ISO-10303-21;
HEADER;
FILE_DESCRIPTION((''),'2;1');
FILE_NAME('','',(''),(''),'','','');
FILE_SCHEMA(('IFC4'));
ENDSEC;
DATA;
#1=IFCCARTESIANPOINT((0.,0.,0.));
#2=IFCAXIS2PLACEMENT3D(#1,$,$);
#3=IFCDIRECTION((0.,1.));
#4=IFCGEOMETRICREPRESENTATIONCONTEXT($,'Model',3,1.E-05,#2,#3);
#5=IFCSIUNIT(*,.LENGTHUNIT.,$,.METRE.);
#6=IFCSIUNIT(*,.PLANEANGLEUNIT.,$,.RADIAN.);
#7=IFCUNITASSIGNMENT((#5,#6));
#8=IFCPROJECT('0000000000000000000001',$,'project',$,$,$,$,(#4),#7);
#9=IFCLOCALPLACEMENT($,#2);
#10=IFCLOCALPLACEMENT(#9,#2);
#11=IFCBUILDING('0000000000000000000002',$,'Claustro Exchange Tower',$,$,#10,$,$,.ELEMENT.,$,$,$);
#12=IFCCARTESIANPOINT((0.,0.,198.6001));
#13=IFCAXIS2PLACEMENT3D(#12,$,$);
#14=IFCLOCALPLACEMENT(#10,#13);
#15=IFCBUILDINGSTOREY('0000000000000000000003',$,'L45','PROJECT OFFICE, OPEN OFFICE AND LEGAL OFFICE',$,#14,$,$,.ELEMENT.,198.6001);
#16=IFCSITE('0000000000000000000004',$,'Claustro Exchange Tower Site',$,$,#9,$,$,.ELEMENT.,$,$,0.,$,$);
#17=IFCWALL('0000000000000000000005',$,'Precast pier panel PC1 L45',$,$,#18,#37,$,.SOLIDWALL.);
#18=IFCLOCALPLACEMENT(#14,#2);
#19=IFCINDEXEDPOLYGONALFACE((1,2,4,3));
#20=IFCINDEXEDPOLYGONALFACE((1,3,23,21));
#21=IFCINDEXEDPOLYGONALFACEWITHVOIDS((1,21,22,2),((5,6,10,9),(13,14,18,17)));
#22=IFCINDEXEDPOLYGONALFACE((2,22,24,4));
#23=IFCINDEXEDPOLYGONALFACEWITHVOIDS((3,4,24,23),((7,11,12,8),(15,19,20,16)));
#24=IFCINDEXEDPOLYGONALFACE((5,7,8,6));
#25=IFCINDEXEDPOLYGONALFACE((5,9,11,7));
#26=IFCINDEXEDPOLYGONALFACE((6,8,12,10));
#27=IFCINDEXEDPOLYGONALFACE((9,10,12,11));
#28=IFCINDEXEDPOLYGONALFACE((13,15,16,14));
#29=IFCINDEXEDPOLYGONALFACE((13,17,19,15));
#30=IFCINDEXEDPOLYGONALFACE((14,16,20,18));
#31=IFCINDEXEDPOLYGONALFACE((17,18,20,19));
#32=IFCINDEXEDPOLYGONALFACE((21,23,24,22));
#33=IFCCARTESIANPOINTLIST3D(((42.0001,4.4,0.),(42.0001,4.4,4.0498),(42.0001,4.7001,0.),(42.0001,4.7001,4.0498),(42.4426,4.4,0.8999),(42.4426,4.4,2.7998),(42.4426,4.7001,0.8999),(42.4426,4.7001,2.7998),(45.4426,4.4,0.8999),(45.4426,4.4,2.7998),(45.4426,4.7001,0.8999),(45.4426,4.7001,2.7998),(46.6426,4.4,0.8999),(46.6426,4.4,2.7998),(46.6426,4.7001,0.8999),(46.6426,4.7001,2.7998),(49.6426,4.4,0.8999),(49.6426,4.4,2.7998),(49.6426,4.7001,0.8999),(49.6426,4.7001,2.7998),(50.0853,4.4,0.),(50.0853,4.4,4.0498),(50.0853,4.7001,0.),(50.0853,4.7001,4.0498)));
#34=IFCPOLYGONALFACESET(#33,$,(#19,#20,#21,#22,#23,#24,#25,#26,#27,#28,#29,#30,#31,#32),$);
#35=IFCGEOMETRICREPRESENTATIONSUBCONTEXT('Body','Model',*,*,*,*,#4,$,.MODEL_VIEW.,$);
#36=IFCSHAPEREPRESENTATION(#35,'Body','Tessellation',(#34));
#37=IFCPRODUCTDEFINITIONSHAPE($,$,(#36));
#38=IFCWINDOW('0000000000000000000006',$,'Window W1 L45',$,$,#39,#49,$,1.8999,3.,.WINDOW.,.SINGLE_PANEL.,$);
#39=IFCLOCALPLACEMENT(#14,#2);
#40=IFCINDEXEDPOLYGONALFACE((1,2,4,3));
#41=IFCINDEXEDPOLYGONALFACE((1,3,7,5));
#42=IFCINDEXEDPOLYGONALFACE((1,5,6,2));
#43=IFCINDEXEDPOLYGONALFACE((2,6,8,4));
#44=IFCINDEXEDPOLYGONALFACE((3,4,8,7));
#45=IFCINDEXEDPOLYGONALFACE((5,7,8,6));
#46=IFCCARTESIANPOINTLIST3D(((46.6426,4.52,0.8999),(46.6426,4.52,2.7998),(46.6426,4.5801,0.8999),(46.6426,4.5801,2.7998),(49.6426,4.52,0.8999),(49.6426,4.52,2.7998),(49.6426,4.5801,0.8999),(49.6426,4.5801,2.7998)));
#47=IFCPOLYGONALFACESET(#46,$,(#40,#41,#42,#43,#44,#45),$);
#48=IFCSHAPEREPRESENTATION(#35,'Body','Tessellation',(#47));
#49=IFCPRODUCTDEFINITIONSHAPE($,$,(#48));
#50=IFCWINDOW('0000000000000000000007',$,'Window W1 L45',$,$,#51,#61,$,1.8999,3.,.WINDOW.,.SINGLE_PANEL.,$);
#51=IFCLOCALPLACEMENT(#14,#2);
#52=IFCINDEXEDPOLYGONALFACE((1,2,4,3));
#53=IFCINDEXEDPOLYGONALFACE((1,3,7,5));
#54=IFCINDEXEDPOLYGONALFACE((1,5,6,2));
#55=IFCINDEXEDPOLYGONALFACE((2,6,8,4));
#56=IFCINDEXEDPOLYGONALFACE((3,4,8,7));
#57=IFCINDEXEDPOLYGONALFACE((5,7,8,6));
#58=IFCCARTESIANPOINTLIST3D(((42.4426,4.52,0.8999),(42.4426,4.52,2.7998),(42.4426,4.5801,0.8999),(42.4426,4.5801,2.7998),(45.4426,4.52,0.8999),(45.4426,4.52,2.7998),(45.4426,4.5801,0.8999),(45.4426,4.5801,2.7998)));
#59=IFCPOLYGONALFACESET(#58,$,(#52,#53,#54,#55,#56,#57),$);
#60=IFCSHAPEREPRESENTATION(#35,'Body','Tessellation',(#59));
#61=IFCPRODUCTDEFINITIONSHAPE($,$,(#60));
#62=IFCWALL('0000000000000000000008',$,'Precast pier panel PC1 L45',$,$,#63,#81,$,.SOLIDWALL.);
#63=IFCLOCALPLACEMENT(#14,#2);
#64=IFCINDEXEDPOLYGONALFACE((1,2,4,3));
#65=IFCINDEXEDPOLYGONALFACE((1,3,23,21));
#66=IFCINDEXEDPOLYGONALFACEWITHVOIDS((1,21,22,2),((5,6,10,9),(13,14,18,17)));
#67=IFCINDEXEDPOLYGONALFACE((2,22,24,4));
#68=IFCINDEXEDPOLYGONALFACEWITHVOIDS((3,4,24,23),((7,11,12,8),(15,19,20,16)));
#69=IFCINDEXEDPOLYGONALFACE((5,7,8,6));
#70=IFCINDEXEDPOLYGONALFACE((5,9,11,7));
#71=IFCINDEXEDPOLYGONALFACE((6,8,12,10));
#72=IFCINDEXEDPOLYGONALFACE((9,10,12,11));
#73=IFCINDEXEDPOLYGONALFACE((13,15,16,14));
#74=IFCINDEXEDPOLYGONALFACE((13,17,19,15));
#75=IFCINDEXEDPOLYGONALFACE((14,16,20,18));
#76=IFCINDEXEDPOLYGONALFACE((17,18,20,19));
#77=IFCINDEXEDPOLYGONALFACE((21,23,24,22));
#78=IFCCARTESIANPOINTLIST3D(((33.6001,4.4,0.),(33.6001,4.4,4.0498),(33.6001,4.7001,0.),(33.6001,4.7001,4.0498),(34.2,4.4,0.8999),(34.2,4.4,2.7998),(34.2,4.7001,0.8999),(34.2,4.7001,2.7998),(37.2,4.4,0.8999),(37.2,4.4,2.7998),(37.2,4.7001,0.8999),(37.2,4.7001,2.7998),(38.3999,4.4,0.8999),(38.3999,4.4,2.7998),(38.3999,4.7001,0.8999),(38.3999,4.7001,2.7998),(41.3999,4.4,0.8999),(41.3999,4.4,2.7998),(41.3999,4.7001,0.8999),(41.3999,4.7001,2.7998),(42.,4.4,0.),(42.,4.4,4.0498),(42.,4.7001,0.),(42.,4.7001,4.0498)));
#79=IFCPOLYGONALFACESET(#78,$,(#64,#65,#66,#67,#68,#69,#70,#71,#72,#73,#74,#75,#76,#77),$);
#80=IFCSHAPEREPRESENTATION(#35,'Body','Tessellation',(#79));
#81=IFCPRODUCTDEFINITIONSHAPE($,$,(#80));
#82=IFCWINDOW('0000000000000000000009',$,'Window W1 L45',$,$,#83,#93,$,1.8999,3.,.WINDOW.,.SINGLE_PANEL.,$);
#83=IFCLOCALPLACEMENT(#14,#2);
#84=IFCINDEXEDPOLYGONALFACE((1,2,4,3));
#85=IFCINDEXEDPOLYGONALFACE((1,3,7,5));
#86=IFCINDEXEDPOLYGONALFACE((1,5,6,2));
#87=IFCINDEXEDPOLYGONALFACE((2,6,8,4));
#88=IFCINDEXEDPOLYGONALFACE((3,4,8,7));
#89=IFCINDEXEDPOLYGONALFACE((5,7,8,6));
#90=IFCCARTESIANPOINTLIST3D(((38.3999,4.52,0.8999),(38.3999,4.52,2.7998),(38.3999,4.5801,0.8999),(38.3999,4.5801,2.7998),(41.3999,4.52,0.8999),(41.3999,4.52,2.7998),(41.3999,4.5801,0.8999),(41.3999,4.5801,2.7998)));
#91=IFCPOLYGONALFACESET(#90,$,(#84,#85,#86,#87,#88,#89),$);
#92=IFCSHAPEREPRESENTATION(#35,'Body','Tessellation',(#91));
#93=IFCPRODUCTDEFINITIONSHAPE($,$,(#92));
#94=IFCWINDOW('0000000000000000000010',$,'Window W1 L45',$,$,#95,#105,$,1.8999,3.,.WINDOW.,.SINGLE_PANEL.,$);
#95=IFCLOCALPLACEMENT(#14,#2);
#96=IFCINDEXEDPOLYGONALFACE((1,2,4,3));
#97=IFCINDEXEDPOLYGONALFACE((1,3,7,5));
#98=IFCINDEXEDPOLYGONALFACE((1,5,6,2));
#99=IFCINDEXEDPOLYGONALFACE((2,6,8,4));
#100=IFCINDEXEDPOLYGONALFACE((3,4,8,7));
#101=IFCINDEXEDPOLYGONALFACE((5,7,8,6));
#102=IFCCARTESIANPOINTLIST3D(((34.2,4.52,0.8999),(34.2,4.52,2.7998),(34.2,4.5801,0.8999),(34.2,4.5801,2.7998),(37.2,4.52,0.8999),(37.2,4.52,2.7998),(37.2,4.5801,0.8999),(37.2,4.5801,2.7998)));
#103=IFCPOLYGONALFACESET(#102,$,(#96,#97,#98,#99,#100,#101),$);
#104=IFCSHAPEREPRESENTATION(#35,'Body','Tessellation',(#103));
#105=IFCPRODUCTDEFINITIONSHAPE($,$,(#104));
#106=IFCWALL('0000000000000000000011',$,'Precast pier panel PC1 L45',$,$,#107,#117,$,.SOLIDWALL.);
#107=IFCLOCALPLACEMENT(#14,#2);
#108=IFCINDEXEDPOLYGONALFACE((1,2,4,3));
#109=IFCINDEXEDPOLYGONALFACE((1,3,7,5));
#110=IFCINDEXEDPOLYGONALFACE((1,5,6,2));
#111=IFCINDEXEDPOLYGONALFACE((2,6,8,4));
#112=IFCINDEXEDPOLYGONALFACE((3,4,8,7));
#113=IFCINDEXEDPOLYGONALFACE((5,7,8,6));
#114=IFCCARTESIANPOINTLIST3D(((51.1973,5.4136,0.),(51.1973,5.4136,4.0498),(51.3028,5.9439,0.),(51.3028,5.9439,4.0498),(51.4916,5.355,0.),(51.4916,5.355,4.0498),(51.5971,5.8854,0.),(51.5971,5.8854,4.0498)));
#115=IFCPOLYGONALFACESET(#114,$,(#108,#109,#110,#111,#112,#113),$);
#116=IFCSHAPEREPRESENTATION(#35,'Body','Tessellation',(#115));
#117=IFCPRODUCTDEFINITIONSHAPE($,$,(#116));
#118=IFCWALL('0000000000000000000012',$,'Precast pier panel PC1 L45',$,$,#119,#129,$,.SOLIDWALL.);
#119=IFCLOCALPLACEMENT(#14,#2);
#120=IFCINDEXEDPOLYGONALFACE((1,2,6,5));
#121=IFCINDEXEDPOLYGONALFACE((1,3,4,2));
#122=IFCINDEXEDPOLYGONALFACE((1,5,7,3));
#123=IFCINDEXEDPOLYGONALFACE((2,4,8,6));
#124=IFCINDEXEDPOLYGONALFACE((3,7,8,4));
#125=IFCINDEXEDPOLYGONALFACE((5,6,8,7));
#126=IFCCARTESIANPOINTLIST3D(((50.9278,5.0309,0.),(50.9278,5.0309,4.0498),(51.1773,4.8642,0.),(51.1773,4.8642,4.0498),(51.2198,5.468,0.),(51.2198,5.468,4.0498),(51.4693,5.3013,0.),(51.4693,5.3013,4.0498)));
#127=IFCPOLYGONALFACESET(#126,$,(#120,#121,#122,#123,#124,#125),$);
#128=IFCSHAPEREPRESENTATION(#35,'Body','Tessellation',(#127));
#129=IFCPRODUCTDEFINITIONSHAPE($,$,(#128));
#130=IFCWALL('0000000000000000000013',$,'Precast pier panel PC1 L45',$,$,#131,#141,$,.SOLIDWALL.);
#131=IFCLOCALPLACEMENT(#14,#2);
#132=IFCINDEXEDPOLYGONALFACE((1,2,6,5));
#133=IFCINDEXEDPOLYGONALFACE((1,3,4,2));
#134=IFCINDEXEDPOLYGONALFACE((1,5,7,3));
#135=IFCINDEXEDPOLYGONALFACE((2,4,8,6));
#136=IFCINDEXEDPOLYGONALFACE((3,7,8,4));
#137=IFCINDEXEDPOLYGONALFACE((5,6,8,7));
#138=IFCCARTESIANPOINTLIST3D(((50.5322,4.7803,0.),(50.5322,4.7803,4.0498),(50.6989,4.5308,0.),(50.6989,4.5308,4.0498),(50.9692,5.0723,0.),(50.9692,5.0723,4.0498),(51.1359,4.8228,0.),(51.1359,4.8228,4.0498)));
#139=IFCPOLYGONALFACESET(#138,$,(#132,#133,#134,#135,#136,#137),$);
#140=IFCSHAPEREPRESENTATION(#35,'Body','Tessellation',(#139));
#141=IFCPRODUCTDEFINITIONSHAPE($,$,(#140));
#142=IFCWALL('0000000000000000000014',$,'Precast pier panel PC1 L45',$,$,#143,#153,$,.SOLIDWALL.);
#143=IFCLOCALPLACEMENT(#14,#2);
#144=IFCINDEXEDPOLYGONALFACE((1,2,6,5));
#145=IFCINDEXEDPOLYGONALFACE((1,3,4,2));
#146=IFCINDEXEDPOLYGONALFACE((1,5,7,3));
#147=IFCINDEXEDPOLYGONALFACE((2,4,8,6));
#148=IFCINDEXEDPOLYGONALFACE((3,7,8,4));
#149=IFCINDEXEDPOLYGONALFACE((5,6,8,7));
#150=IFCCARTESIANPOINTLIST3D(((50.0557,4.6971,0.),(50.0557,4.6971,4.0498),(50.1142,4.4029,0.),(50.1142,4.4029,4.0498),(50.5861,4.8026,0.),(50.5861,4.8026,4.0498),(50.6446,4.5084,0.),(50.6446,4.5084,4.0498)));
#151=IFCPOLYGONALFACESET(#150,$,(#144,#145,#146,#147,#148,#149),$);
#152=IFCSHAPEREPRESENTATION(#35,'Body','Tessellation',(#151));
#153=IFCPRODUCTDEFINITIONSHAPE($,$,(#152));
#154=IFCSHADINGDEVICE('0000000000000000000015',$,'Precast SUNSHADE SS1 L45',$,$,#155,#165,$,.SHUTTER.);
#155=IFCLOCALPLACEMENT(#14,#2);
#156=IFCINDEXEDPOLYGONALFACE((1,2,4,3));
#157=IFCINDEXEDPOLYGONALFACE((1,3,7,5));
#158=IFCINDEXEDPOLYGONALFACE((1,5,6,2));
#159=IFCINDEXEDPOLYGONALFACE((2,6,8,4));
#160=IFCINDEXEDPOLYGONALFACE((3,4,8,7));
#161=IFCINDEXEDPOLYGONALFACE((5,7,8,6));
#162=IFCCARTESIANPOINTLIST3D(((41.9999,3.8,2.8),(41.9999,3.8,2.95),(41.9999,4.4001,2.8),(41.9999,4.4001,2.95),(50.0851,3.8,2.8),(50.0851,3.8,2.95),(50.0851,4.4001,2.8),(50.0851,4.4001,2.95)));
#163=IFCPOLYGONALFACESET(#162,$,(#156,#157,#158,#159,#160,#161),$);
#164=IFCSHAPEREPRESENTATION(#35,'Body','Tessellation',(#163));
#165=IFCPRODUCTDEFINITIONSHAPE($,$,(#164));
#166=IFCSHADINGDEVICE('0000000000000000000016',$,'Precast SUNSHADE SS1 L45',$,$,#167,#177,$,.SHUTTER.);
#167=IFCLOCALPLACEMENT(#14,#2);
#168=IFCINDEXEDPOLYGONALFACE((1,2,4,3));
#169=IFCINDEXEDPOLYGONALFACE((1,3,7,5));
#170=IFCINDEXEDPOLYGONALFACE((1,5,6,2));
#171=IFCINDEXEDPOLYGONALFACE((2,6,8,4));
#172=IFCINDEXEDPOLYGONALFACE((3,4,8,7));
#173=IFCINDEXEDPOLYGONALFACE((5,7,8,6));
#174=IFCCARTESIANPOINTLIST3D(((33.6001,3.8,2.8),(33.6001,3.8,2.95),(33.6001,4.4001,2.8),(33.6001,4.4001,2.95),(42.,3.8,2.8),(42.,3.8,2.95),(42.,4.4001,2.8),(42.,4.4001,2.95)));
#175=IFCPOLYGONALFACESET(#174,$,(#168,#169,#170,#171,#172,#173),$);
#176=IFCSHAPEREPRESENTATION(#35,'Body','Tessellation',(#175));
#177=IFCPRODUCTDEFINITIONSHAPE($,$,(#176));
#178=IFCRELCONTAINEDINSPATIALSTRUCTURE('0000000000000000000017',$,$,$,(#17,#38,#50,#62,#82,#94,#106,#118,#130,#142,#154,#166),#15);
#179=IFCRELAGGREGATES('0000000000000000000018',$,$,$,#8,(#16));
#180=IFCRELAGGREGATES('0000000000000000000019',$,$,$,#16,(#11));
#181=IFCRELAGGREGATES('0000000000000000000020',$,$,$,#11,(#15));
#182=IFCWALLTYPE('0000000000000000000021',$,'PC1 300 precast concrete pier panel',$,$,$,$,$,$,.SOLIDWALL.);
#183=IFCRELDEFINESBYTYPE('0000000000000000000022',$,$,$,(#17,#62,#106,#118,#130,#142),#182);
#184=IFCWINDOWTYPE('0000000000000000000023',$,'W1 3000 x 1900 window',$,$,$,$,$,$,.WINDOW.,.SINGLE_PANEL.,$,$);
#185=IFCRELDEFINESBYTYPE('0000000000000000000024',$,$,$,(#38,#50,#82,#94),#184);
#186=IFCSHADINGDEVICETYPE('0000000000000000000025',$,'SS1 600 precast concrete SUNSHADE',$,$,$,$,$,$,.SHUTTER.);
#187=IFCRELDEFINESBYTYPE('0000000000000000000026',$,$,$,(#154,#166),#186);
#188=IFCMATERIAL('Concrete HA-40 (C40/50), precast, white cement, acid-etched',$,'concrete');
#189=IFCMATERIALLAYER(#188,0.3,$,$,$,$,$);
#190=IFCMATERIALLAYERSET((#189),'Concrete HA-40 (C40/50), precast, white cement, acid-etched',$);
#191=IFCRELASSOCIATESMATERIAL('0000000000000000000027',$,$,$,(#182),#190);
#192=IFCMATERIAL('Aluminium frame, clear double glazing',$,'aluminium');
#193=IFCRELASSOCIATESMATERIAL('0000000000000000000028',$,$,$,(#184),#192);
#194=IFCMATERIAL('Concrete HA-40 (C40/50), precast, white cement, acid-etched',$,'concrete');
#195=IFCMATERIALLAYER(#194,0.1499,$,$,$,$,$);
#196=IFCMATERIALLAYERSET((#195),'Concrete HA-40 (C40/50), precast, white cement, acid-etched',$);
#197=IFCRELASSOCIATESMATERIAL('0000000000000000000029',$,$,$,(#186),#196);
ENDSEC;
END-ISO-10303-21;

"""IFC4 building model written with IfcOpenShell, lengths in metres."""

from ifc_helpers import new_model, si_unit, direction, frame, frame_2d, origin, origin_2d, place, context, subcontext, project, spatial, rectangle, extrude, material, layer, layer_set, type_object, element, fill, save


model = new_model("IFC4")

# Units and contexts
model_context = context("Model", 3, precision=1e-05, world=origin(), true_north=direction((0.0, 1.0)))
body_context = subcontext(model_context, "Body", "Model", "MODEL_VIEW")
ifc_project = project(units=[si_unit("LENGTHUNIT", "METRE"), si_unit("PLANEANGLEUNIT", "RADIAN")], contexts=[model_context])

# Site, building, storey
site_placement = place(None, origin())
site = spatial("IfcSite", under=ifc_project, at=site_placement, Name="Claustro Exchange Tower Site", CompositionType="ELEMENT", RefElevation=0.0)
building_placement = place(site_placement, origin())
building = spatial("IfcBuilding", under=site, at=building_placement, Name="Claustro Exchange Tower", CompositionType="ELEMENT")
storey_placement = place(building_placement, frame((0.0, 0.0, 198.6001)))
storey = spatial("IfcBuildingStorey", under=building, at=storey_placement, Name="L45", Description="PROJECT OFFICE, OPEN OFFICE AND LEGAL OFFICE", CompositionType="ELEMENT", Elevation=198.6001)

# Walls, openings, windows
ifc_material_1 = material(Name="Concrete HA-40 (C40/50), precast, white cement, acid-etched", Category="concrete")
ifc_layer_1 = layer(ifc_material_1, 0.3)
ifc_layer_set_1 = layer_set([ifc_layer_1], Name="Concrete HA-40 (C40/50), precast, white cement, acid-etched")
wall_type_1 = type_object("IfcWallType", Name="PC1 300 precast concrete pier panel", PredefinedType="SOLIDWALL", material=ifc_layer_set_1)
wall_1_placement = place(storey_placement, frame((50.0852, 4.55, 0.0), z_axis=(0.0, 0.0, 1.0), x_axis=(-1.0, 0.0, 0.0)))
wall_1 = element("IfcWall", 1, at=wall_1_placement, inside=storey, type_object=wall_type_1, Name="Precast pier panel PC1 L45", PredefinedType="SOLIDWALL", context=body_context, shape_type="SweptSolid", body=[
    extrude(rectangle(XDim=8.0852, YDim=0.3, at=frame_2d((4.0425, 0.0))), origin(), (0.0, 0.0, 1.0), 4.0498),
])
opening_1_placement = place(wall_1_placement, frame((0.4426, 0.0, 0.8999)))
opening_1 = element("IfcOpeningElement", 2, at=opening_1_placement, cuts=wall_1, PredefinedType="OPENING", context=body_context, shape_type="SweptSolid", body=[
    extrude(rectangle(XDim=3.0, YDim=1.8999, at=frame_2d((1.5, 0.95))), frame((0.0, 0.1599, 0.0), z_axis=(0.0, -1.0, 0.0), x_axis=(1.0, 0.0, 0.0)), (0.0, 0.0, 1.0), 0.3201),
])
opening_2_placement = place(wall_1_placement, frame((4.6426, 0.0, 0.8999)))
opening_2 = element("IfcOpeningElement", 3, at=opening_2_placement, cuts=wall_1, PredefinedType="OPENING", context=body_context, shape_type="SweptSolid", body=[
    extrude(rectangle(XDim=3.0, YDim=1.8999, at=frame_2d((1.5, 0.95))), frame((0.0, 0.1599, 0.0), z_axis=(0.0, -1.0, 0.0), x_axis=(1.0, 0.0, 0.0)), (0.0, 0.0, 1.0), 0.3201),
])
ifc_material_2 = material(Name="Aluminium frame, clear double glazing", Category="aluminium")
window_type = type_object("IfcWindowType", Name="W1 3000 x 1900 window", PartitioningType="SINGLE_PANEL", PredefinedType="WINDOW", material=ifc_material_2)
window_1_placement = place(opening_1_placement, origin())
window_1 = element("IfcWindow", 4, at=window_1_placement, inside=storey, type_object=window_type, Name="Window W1 L45", OverallHeight=1.8999, OverallWidth=3.0, PartitioningType="SINGLE_PANEL", PredefinedType="WINDOW", context=body_context, shape_type="SweptSolid", body=[
    extrude(rectangle(XDim=3.0, YDim=1.8999, at=frame_2d((1.5, 0.95))), frame((0.0, 0.03, 0.0), z_axis=(0.0, -1.0, 0.0), x_axis=(1.0, 0.0, 0.0)), (0.0, 0.0, 1.0), 0.0601),
])
fill(opening_1, window_1)
window_2_placement = place(opening_2_placement, origin())
window_2 = element("IfcWindow", 5, at=window_2_placement, inside=storey, type_object=window_type, Name="Window W1 L45", OverallHeight=1.8999, OverallWidth=3.0, PartitioningType="SINGLE_PANEL", PredefinedType="WINDOW", context=body_context, shape_type="SweptSolid", body=[
    extrude(rectangle(XDim=3.0, YDim=1.8999, at=frame_2d((1.5, 0.95))), frame((0.0, 0.03, 0.0), z_axis=(0.0, -1.0, 0.0), x_axis=(1.0, 0.0, 0.0)), (0.0, 0.0, 1.0), 0.0601),
])
fill(opening_2, window_2)
wall_2_placement = place(storey_placement, frame((42.0, 4.55, 0.0), z_axis=(0.0, 0.0, 1.0), x_axis=(-1.0, 0.0, 0.0)))
wall_2 = element("IfcWall", 6, at=wall_2_placement, inside=storey, type_object=wall_type_1, Name="Precast pier panel PC1 L45", PredefinedType="SOLIDWALL", context=body_context, shape_type="SweptSolid", body=[
    extrude(rectangle(XDim=8.3999, YDim=0.3, at=frame_2d((4.2, 0.0))), origin(), (0.0, 0.0, 1.0), 4.0498),
])
opening_3_placement = place(wall_2_placement, frame((0.6001, 0.0, 0.8999)))
opening_3 = element("IfcOpeningElement", 7, at=opening_3_placement, cuts=wall_2, PredefinedType="OPENING", context=body_context, shape_type="SweptSolid", body=[
    extrude(rectangle(XDim=3.0, YDim=1.8999, at=frame_2d((1.5, 0.95))), frame((0.0, 0.1599, 0.0), z_axis=(0.0, -1.0, 0.0), x_axis=(1.0, 0.0, 0.0)), (0.0, 0.0, 1.0), 0.3201),
])
opening_4_placement = place(wall_2_placement, frame((4.8, 0.0, 0.8999)))
opening_4 = element("IfcOpeningElement", 8, at=opening_4_placement, cuts=wall_2, PredefinedType="OPENING", context=body_context, shape_type="SweptSolid", body=[
    extrude(rectangle(XDim=3.0, YDim=1.8999, at=frame_2d((1.5, 0.95))), frame((0.0, 0.1599, 0.0), z_axis=(0.0, -1.0, 0.0), x_axis=(1.0, 0.0, 0.0)), (0.0, 0.0, 1.0), 0.3201),
])
window_3_placement = place(opening_3_placement, origin())
window_3 = element("IfcWindow", 9, at=window_3_placement, inside=storey, type_object=window_type, Name="Window W1 L45", OverallHeight=1.8999, OverallWidth=3.0, PartitioningType="SINGLE_PANEL", PredefinedType="WINDOW", context=body_context, shape_type="SweptSolid", body=[
    extrude(rectangle(XDim=3.0, YDim=1.8999, at=frame_2d((1.5, 0.95))), frame((0.0, 0.03, 0.0), z_axis=(0.0, -1.0, 0.0), x_axis=(1.0, 0.0, 0.0)), (0.0, 0.0, 1.0), 0.0601),
])
fill(opening_3, window_3)
window_4_placement = place(opening_4_placement, origin())
window_4 = element("IfcWindow", 10, at=window_4_placement, inside=storey, type_object=window_type, Name="Window W1 L45", OverallHeight=1.8999, OverallWidth=3.0, PartitioningType="SINGLE_PANEL", PredefinedType="WINDOW", context=body_context, shape_type="SweptSolid", body=[
    extrude(rectangle(XDim=3.0, YDim=1.8999, at=frame_2d((1.5, 0.95))), frame((0.0, 0.03, 0.0), z_axis=(0.0, -1.0, 0.0), x_axis=(1.0, 0.0, 0.0)), (0.0, 0.0, 1.0), 0.0601),
])
fill(opening_4, window_4)

# Walls
wall_3_placement = place(storey_placement, frame((51.45, 5.9148, 0.0), z_axis=(0.0, 0.0, 1.0), x_axis=(-0.195074, -0.980789, 0.0)))
element("IfcWall", 11, at=wall_3_placement, inside=storey, type_object=wall_type_1, Name="Precast pier panel PC1 L45", PredefinedType="SOLIDWALL", context=body_context, shape_type="SweptSolid", body=[
    extrude(rectangle(XDim=0.5408, YDim=0.3, at=frame_2d((0.2705, 0.0))), origin(), (0.0, 0.0, 1.0), 4.0498),
])
for number, where, z_axis, x_axis, name in (
    (12, (51.3445, 5.3845, 0.0), (0.0, 0.0, 1.0), (-0.555557, -0.831478, 0.0), "Precast pier panel PC1 L45"),
    (13, (51.0525, 4.9475, 0.0), (0.0, 0.0, 1.0), (-0.831478, -0.555557, 0.0), "Precast pier panel PC1 L45"),
):
    element("IfcWall", number, at=place(storey_placement, frame(where, z_axis=z_axis, x_axis=x_axis)), inside=storey, type_object=wall_type_1, Name=name, PredefinedType="SOLIDWALL", context=body_context, shape_type="SweptSolid", body=[
        extrude(rectangle(XDim=0.5256, YDim=0.3, at=frame_2d((0.2627, 0.0))), origin(), (0.0, 0.0, 1.0), 4.0498),
    ])
wall_4_placement = place(storey_placement, frame((50.6155, 4.6555, 0.0), z_axis=(0.0, 0.0, 1.0), x_axis=(-0.980789, -0.195074, 0.0)))
element("IfcWall", 14, at=wall_4_placement, inside=storey, type_object=wall_type_1, Name="Precast pier panel PC1 L45", PredefinedType="SOLIDWALL", context=body_context, shape_type="SweptSolid", body=[
    extrude(rectangle(XDim=0.5408, YDim=0.3, at=frame_2d((0.2705, 0.0))), origin(), (0.0, 0.0, 1.0), 4.0498),
])

# Shading devices
ifc_material_3 = material(Name="Concrete HA-40 (C40/50), precast, white cement, acid-etched", Category="concrete")
ifc_layer_2 = layer(ifc_material_3, 0.1499)
ifc_layer_set_2 = layer_set([ifc_layer_2], Name="Concrete HA-40 (C40/50), precast, white cement, acid-etched")
shading_device_type = type_object("IfcShadingDeviceType", Name="SS1 600 precast concrete SUNSHADE", PredefinedType="SHUTTER", material=ifc_layer_set_2)
shading_device_1_placement = place(storey_placement, frame((46.0425, 4.1001, 2.8), z_axis=(0.0, 0.0, 1.0), x_axis=(-1.0, 0.0, 0.0)))
element("IfcShadingDevice", 15, at=shading_device_1_placement, inside=storey, type_object=shading_device_type, Name="Precast SUNSHADE SS1 L45", PredefinedType="SHUTTER", context=body_context, shape_type="SweptSolid", body=[
    extrude(rectangle(XDim=8.0852, YDim=0.6001, at=origin_2d()), origin(), (0.0, 0.0, 1.0), 0.1499),
])
shading_device_2_placement = place(storey_placement, frame((37.8, 4.1001, 2.8), z_axis=(0.0, 0.0, 1.0), x_axis=(-1.0, 0.0, 0.0)))
element("IfcShadingDevice", 16, at=shading_device_2_placement, inside=storey, type_object=shading_device_type, Name="Precast SUNSHADE SS1 L45", PredefinedType="SHUTTER", context=body_context, shape_type="SweptSolid", body=[
    extrude(rectangle(XDim=8.3999, YDim=0.6001, at=origin_2d()), origin(), (0.0, 0.0, 1.0), 0.1499),
])

save(model, "model.ifc")
